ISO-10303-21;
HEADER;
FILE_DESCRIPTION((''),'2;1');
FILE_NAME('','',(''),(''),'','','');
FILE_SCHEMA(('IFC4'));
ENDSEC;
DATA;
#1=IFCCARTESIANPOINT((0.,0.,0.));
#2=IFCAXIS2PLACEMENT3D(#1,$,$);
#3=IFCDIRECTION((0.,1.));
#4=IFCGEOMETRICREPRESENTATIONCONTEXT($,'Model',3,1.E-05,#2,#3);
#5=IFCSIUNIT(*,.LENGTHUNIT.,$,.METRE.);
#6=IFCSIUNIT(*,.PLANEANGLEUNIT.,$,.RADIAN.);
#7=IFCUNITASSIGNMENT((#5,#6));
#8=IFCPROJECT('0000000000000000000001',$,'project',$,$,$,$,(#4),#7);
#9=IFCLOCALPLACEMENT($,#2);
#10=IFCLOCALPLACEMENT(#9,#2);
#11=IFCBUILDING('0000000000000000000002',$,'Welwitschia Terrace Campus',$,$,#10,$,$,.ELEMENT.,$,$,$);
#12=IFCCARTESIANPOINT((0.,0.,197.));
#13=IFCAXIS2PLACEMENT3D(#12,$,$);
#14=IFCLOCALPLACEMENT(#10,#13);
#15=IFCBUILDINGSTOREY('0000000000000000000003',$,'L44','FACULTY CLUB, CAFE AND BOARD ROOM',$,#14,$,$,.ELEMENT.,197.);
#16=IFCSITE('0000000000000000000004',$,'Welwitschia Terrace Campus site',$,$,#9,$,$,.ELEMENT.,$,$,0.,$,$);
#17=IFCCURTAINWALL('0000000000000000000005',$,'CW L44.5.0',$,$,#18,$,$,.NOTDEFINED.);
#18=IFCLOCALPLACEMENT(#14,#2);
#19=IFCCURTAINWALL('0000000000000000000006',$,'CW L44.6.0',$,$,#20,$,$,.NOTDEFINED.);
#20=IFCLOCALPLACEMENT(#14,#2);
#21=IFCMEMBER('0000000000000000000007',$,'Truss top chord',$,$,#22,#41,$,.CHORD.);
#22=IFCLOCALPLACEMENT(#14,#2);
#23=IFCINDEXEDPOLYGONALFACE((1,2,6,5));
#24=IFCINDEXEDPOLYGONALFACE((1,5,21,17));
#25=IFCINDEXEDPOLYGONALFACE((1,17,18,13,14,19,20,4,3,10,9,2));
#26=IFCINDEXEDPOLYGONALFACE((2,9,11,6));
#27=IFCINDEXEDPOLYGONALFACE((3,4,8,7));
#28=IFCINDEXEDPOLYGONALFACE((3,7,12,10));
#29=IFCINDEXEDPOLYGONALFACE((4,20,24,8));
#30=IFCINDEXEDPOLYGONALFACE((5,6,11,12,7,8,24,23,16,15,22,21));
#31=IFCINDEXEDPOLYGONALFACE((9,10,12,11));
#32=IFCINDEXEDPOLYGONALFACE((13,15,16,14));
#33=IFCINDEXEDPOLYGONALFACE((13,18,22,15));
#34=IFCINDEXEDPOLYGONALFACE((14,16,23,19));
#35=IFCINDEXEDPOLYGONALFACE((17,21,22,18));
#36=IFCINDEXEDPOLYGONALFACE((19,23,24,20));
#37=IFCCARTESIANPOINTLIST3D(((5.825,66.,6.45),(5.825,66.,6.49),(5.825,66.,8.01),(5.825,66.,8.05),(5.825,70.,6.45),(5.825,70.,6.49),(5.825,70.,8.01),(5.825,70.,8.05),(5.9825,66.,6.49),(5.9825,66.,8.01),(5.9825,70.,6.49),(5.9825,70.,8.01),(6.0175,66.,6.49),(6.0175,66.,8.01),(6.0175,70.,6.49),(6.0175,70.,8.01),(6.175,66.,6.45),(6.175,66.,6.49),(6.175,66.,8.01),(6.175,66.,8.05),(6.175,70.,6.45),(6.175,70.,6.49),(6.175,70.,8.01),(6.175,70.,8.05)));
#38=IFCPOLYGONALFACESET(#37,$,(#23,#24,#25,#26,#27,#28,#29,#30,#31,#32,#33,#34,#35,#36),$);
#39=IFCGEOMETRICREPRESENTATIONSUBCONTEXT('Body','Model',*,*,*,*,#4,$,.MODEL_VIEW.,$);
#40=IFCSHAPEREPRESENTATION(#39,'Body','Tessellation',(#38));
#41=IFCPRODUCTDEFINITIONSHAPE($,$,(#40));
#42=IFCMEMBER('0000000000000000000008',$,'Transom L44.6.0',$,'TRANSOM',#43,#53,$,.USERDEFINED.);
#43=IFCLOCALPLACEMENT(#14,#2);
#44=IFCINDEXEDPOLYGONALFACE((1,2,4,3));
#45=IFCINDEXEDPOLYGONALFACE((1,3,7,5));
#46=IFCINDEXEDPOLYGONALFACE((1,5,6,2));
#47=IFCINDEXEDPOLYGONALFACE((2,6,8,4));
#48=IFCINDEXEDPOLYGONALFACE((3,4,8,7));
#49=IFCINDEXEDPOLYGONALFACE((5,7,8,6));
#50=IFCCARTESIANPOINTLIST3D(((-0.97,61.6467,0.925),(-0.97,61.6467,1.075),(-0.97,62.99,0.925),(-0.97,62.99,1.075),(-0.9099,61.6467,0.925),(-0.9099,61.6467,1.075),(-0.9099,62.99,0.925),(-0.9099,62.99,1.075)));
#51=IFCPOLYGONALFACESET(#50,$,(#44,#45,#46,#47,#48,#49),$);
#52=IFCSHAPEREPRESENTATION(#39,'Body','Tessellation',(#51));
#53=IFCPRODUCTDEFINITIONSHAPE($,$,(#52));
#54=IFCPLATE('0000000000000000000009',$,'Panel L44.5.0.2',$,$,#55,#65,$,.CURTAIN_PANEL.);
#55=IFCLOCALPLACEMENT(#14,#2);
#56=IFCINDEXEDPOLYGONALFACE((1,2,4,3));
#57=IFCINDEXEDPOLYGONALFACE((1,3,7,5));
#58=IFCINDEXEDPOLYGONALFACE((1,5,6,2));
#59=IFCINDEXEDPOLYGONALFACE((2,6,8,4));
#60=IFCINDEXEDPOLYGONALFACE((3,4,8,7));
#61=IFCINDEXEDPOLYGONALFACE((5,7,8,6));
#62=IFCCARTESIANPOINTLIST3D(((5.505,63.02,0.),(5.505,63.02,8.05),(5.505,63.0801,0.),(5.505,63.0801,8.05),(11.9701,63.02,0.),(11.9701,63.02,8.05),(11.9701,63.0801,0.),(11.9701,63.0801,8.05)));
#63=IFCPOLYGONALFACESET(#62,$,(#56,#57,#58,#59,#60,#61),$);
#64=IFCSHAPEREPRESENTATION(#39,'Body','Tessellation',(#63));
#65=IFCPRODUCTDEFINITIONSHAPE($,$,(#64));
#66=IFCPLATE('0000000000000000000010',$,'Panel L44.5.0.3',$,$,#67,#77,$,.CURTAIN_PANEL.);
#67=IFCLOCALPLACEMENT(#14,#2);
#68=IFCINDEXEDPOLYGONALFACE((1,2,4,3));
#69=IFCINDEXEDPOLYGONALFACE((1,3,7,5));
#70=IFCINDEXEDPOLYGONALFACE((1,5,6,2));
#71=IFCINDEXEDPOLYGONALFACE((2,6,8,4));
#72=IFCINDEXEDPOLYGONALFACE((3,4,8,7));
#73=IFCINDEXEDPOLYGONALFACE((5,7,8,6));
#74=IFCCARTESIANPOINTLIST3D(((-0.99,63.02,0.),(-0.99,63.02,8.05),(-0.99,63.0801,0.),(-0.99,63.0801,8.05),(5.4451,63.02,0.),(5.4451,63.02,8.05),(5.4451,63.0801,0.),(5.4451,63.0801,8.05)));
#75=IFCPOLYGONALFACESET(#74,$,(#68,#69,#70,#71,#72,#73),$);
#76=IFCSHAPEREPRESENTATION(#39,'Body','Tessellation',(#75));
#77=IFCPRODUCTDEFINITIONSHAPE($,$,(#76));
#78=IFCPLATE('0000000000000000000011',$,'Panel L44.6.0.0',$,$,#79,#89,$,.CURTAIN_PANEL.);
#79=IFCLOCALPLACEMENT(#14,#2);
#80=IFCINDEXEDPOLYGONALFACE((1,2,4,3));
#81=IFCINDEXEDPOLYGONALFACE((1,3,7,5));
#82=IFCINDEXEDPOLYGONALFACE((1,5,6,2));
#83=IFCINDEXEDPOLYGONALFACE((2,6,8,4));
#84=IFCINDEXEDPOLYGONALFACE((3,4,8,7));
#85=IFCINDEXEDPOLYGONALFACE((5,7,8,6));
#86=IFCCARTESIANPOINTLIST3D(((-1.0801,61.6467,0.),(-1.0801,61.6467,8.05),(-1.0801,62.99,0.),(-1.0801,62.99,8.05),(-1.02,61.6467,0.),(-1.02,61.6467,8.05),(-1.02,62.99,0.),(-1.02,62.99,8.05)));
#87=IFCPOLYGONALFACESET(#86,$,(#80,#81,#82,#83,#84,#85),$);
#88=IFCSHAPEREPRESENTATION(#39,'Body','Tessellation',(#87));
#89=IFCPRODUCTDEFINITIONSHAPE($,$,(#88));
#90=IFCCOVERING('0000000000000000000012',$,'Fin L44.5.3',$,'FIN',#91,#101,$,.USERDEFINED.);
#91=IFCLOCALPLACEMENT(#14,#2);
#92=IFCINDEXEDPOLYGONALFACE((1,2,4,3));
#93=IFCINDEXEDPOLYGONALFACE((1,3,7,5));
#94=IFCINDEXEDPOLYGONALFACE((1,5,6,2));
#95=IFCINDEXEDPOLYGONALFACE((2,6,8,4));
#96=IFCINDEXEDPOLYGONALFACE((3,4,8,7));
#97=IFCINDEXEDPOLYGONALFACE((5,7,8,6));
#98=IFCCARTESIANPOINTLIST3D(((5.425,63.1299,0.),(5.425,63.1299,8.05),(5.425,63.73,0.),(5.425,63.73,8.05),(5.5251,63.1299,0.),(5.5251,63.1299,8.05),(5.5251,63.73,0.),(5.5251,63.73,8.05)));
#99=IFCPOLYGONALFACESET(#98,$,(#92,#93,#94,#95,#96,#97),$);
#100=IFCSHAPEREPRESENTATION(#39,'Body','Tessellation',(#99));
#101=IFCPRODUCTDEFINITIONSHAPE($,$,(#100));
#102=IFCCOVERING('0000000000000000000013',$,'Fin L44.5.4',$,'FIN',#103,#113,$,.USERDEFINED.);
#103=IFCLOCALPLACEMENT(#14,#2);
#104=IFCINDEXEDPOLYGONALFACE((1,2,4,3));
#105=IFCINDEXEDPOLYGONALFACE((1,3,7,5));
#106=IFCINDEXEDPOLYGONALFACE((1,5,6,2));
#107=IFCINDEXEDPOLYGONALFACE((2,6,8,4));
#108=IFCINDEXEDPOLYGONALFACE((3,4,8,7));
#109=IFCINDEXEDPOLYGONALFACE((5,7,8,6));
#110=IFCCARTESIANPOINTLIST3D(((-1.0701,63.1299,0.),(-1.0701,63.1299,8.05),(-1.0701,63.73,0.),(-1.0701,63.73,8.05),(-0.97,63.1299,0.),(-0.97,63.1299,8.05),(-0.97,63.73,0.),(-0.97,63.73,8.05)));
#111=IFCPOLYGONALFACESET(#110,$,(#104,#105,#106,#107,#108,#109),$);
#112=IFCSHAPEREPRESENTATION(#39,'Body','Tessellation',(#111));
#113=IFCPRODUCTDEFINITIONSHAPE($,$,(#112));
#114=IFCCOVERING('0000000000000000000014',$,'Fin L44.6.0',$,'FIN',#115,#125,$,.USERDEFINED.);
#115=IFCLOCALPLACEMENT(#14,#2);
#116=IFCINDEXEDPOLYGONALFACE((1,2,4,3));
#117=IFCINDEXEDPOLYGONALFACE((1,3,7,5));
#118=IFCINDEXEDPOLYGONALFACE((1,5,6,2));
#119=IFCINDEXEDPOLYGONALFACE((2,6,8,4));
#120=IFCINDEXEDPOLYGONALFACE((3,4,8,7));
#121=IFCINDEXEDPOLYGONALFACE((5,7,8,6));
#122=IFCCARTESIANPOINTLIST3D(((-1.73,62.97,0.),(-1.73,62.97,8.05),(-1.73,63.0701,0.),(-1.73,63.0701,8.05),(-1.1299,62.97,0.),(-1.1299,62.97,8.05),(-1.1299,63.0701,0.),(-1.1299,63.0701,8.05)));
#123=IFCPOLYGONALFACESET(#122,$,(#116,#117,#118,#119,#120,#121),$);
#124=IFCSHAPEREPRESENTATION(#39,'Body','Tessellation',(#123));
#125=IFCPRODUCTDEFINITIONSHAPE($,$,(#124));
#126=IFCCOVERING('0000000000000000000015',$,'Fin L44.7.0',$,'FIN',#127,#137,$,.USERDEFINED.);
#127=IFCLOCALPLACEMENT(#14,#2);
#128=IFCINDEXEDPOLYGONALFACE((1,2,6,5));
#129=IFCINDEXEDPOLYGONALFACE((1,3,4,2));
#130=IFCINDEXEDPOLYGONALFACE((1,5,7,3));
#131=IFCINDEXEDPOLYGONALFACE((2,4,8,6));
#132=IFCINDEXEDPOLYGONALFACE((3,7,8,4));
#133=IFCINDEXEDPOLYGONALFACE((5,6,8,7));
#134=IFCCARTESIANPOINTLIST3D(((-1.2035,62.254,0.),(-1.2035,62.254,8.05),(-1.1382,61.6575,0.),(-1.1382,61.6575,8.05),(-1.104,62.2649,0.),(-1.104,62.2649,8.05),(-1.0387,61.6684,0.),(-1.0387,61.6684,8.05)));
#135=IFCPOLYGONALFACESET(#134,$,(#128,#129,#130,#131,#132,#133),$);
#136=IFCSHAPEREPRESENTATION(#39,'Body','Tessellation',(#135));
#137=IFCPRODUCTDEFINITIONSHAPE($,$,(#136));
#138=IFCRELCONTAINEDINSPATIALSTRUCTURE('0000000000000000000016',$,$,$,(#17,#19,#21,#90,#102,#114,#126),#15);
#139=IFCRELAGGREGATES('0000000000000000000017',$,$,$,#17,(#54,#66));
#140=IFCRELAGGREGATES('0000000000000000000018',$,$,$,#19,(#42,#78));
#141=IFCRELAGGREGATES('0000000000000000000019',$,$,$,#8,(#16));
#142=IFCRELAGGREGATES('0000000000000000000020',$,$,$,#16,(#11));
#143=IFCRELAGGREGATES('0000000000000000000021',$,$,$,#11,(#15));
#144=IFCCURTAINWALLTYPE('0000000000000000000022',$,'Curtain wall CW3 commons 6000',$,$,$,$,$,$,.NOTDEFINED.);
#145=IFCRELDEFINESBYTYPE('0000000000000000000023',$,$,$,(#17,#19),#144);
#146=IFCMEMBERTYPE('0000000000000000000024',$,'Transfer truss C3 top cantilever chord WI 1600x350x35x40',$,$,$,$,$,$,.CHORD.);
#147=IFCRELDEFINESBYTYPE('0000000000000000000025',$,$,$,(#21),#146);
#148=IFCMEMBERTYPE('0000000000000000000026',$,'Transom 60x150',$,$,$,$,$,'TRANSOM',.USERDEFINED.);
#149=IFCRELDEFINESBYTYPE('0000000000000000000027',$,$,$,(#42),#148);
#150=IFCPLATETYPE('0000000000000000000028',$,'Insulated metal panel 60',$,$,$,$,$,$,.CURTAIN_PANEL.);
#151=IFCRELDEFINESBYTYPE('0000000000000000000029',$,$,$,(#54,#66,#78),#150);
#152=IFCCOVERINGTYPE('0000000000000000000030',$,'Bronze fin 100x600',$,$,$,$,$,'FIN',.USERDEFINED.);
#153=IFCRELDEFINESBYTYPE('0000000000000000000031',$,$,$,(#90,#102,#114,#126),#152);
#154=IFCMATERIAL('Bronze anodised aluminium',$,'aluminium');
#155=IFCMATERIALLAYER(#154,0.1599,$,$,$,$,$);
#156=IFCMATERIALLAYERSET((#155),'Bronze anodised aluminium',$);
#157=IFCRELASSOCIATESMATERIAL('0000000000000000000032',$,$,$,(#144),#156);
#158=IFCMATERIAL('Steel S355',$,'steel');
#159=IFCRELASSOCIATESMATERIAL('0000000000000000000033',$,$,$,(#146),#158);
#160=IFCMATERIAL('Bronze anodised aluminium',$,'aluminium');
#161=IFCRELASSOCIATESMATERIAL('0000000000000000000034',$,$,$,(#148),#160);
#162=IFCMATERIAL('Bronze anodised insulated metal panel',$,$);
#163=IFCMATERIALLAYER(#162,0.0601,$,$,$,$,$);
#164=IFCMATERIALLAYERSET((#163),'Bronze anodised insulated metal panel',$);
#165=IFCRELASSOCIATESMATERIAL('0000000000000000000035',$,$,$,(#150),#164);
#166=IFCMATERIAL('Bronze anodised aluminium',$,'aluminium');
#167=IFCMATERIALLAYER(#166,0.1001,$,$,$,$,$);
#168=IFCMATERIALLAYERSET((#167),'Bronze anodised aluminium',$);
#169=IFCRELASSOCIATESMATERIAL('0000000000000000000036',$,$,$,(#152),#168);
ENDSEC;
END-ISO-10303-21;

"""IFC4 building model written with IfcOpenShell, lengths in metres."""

from ifc_helpers import new_model, si_unit, direction, frame, origin, origin_2d, place, context, subcontext, project, spatial, rectangle, i_section, extrude, material, layer, layer_set, material_profile, profile_set, type_object, element, aggregate, save


model = new_model("IFC4")

# Units and contexts
model_context = context("Model", 3, precision=1e-05, world=origin(), true_north=direction((0.0, 1.0)))
body_context = subcontext(model_context, "Body", "Model", "MODEL_VIEW")
ifc_project = project(units=[si_unit("LENGTHUNIT", "METRE"), si_unit("PLANEANGLEUNIT", "RADIAN")], contexts=[model_context])

# Site, building, storey
site_placement = place(None, origin())
site = spatial("IfcSite", under=ifc_project, at=site_placement, Name="Welwitschia Terrace Campus site", CompositionType="ELEMENT", RefElevation=0.0)
building_placement = place(site_placement, origin())
building = spatial("IfcBuilding", under=site, at=building_placement, Name="Welwitschia Terrace Campus", CompositionType="ELEMENT")
storey_placement = place(building_placement, frame((0.0, 0.0, 197.0)))
storey = spatial("IfcBuildingStorey", under=building, at=storey_placement, Name="L44", Description="FACULTY CLUB, CAFE AND BOARD ROOM", CompositionType="ELEMENT", Elevation=197.0)

# Curtain walls
ifc_material_1 = material(Name="Bronze anodised aluminium", Category="aluminium")
ifc_layer_1 = layer(ifc_material_1, 0.1599)
ifc_layer_set_1 = layer_set([ifc_layer_1], Name="Bronze anodised aluminium")
curtain_wall_type = type_object("IfcCurtainWallType", Name="Curtain wall CW3 commons 6000", PredefinedType="NOTDEFINED", material=ifc_layer_set_1)
curtain_wall_1_placement = place(storey_placement, origin())
curtain_wall_1 = element("IfcCurtainWall", 1, at=curtain_wall_1_placement, inside=storey, type_object=curtain_wall_type, Name="CW L44.5.0", PredefinedType="NOTDEFINED")
curtain_wall_2_placement = place(storey_placement, origin())
curtain_wall_2 = element("IfcCurtainWall", 2, at=curtain_wall_2_placement, inside=storey, type_object=curtain_wall_type, Name="CW L44.6.0", PredefinedType="NOTDEFINED")

# Member
ifc_material_2 = material(Name="Steel S355", Category="steel")
ifc_material_profile_1 = material_profile(ifc_material_2, i_section(OverallWidth=0.3501, OverallDepth=1.6001, WebThickness=0.0349, FlangeThickness=0.04, at=origin_2d()))
ifc_profile_set_1 = profile_set([ifc_material_profile_1], Name="Steel S355")
member_type_1 = type_object("IfcMemberType", Name="Transfer truss C3 top cantilever chord WI 1600x350x35x40", PredefinedType="CHORD", material=ifc_profile_set_1)
for number, where, z_axis, x_axis, name in (
    (3, (6.0, 66.0, 7.25), (0.0, 1.0, 0.0), (-1.0, 0.0, 0.0), "Truss top chord"),
):
    element("IfcMember", number, at=place(storey_placement, frame(where, z_axis=z_axis, x_axis=x_axis)), inside=storey, type_object=member_type_1, Name=name, PredefinedType="CHORD", context=body_context, shape_type="SweptSolid", body=[
        extrude(i_section(OverallWidth=0.3501, OverallDepth=1.6001, WebThickness=0.0349, FlangeThickness=0.04, at=origin_2d()), origin(), (0.0, 0.0, 1.0), 4.0),
    ])

# Member
ifc_material_3 = material(Name="Bronze anodised aluminium", Category="aluminium")
ifc_material_profile_2 = material_profile(ifc_material_3, rectangle(XDim=0.0601, YDim=0.1499, at=origin_2d()))
ifc_profile_set_2 = profile_set([ifc_material_profile_2], Name="Bronze anodised aluminium")
member_type_2 = type_object("IfcMemberType", Name="Transom 60x150", ElementType="TRANSOM", PredefinedType="USERDEFINED", material=ifc_profile_set_2)
member_1_placement = place(storey_placement, frame((-0.9399, 62.99, 1.0), z_axis=(0.0, -1.0, 0.0), x_axis=(1.0, 0.0, 0.0)))
member_1 = element("IfcMember", 4, at=member_1_placement, type_object=member_type_2, Name="Transom L44.6.0", ObjectType="TRANSOM", PredefinedType="USERDEFINED", context=body_context, shape_type="SweptSolid", body=[
    extrude(rectangle(XDim=0.0601, YDim=0.1499, at=origin_2d()), origin(), (0.0, 0.0, 1.0), 1.3433),
])

# Plates
ifc_material_4 = material(Name="Bronze anodised insulated metal panel")
ifc_layer_2 = layer(ifc_material_4, 0.0601)
ifc_layer_set_2 = layer_set([ifc_layer_2], Name="Bronze anodised insulated metal panel")
plate_type = type_object("IfcPlateType", Name="Insulated metal panel 60", PredefinedType="CURTAIN_PANEL", material=ifc_layer_set_2)
plate_1_placement = place(storey_placement, frame((8.7375, 63.05, 0.0), z_axis=(0.0, 0.0, 1.0), x_axis=(-1.0, 0.0, 0.0)))
plate_1 = element("IfcPlate", 5, at=plate_1_placement, type_object=plate_type, Name="Panel L44.5.0.2", PredefinedType="CURTAIN_PANEL", context=body_context, shape_type="SweptSolid", body=[
    extrude(rectangle(XDim=6.4651, YDim=0.0601, at=origin_2d()), origin(), (0.0, 0.0, 1.0), 8.05),
])
plate_2_placement = place(storey_placement, frame((2.2275, 63.05, 0.0), z_axis=(0.0, 0.0, 1.0), x_axis=(-1.0, 0.0, 0.0)))
plate_2 = element("IfcPlate", 6, at=plate_2_placement, type_object=plate_type, Name="Panel L44.5.0.3", PredefinedType="CURTAIN_PANEL", context=body_context, shape_type="SweptSolid", body=[
    extrude(rectangle(XDim=6.4351, YDim=0.0601, at=origin_2d()), origin(), (0.0, 0.0, 1.0), 8.05),
])
aggregate(curtain_wall_1, [plate_1, plate_2])
plate_3_placement = place(storey_placement, frame((-1.05, 62.3184, 0.0), z_axis=(0.0, 0.0, 1.0), x_axis=(0.0, -1.0, 0.0)))
plate_3 = element("IfcPlate", 7, at=plate_3_placement, type_object=plate_type, Name="Panel L44.6.0.0", PredefinedType="CURTAIN_PANEL", context=body_context, shape_type="SweptSolid", body=[
    extrude(rectangle(XDim=1.3433, YDim=0.0601, at=origin_2d()), origin(), (0.0, 0.0, 1.0), 8.05),
])
aggregate(curtain_wall_2, [member_1, plate_3])

# Coverings
ifc_material_5 = material(Name="Bronze anodised aluminium", Category="aluminium")
ifc_layer_3 = layer(ifc_material_5, 0.1001)
ifc_layer_set_3 = layer_set([ifc_layer_3], Name="Bronze anodised aluminium")
covering_type = type_object("IfcCoveringType", Name="Bronze fin 100x600", ElementType="FIN", PredefinedType="USERDEFINED", material=ifc_layer_set_3)
for number, where, z_axis, x_axis, name in (
    (8, (5.4751, 63.4299, 0.0), (0.0, 0.0, 1.0), (-1.0, 0.0, 0.0), "Fin L44.5.3"),
    (9, (-1.02, 63.4299, 0.0), (0.0, 0.0, 1.0), (-1.0, 0.0, 0.0), "Fin L44.5.4"),
    (10, (-1.4299, 63.02, 0.0), (0.0, 0.0, 1.0), (0.0, -1.0, 0.0), "Fin L44.6.0"),
    (11, (-1.1211, 61.9612, 0.0), (0.0, 0.0, 1.0), (-0.994056, -0.108867, 0.0), "Fin L44.7.0"),
):
    element("IfcCovering", number, at=place(storey_placement, frame(where, z_axis=z_axis, x_axis=x_axis)), inside=storey, type_object=covering_type, Name=name, ObjectType="FIN", PredefinedType="USERDEFINED", context=body_context, shape_type="SweptSolid", body=[
        extrude(rectangle(XDim=0.1001, YDim=0.6001, at=origin_2d()), origin(), (0.0, 0.0, 1.0), 8.05),
    ])

save(model, "model.ifc")
